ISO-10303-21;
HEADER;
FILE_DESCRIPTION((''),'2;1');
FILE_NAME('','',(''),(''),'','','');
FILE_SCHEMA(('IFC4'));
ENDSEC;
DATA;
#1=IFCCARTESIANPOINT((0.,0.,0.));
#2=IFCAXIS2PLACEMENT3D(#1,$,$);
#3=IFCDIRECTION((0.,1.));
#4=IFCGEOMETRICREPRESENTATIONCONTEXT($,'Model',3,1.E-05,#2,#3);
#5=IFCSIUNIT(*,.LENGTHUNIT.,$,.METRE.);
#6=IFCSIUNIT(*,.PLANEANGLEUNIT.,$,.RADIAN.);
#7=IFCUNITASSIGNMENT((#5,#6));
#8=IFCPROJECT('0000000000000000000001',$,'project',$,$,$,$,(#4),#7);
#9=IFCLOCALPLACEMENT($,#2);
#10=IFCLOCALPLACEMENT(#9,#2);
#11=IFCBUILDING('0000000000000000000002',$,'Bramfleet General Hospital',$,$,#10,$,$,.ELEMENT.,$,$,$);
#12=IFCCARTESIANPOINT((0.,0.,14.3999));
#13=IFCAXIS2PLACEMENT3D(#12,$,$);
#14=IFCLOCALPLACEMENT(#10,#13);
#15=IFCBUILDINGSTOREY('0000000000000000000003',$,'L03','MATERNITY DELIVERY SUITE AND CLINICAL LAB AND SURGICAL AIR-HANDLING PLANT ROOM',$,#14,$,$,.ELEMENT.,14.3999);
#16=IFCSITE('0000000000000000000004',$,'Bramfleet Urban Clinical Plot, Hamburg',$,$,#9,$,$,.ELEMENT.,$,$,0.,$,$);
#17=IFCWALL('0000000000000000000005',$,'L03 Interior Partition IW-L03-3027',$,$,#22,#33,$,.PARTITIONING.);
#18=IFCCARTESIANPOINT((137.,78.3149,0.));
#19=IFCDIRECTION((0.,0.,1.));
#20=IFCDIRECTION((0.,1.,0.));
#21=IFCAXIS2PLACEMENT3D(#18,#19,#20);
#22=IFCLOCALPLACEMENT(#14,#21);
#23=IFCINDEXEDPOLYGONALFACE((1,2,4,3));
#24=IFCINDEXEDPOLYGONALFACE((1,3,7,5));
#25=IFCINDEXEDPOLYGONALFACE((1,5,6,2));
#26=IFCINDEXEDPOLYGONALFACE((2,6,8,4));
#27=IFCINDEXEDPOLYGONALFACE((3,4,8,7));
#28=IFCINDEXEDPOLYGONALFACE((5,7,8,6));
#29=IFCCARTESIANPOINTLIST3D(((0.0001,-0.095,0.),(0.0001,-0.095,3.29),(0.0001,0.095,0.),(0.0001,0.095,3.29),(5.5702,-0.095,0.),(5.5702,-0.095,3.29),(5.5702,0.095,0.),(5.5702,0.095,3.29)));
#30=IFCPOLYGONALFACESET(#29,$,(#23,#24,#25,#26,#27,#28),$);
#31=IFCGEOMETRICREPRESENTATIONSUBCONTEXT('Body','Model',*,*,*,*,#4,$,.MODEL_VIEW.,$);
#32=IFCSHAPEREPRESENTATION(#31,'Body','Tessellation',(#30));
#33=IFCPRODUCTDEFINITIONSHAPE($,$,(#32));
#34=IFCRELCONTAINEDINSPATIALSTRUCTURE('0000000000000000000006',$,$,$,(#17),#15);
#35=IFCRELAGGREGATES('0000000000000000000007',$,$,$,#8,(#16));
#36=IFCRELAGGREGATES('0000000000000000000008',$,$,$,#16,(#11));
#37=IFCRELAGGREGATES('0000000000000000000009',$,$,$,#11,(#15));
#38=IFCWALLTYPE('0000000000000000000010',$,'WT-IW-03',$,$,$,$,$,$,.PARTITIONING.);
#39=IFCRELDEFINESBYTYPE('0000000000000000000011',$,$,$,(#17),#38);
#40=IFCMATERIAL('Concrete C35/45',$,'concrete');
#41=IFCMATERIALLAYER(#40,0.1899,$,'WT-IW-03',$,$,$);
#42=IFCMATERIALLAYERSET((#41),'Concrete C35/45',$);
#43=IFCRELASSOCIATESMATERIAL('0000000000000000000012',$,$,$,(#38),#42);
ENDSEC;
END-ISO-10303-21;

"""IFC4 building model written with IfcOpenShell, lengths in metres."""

from ifc_helpers import new_model, si_unit, direction, frame, frame_2d, origin, place, context, subcontext, project, spatial, rectangle, extrude, material, layer, layer_set, type_object, element, save


model = new_model("IFC4")

# Units and contexts
model_context = context("Model", 3, precision=1e-05, world=origin(), true_north=direction((0.0, 1.0)))
body_context = subcontext(model_context, "Body", "Model", "MODEL_VIEW")
ifc_project = project(units=[si_unit("LENGTHUNIT", "METRE"), si_unit("PLANEANGLEUNIT", "RADIAN")], contexts=[model_context])

# Site, building, storey
site_placement = place(None, origin())
site = spatial("IfcSite", under=ifc_project, at=site_placement, Name="Bramfleet Urban Clinical Plot, Hamburg", CompositionType="ELEMENT", RefElevation=0.0)
building_placement = place(site_placement, origin())
building = spatial("IfcBuilding", under=site, at=building_placement, Name="Bramfleet General Hospital", CompositionType="ELEMENT")
storey_placement = place(building_placement, frame((0.0, 0.0, 14.3999)))
storey = spatial("IfcBuildingStorey", under=building, at=storey_placement, Name="L03", Description="MATERNITY DELIVERY SUITE AND CLINICAL LAB AND SURGICAL AIR-HANDLING PLANT ROOM", CompositionType="ELEMENT", Elevation=14.3999)

# Shared definitions
ifc_material_1 = material(Name="Concrete C35/45", Category="concrete")

# Wall
ifc_layer_1 = layer(ifc_material_1, 0.1899, Name="WT-IW-03")
ifc_layer_set_1 = layer_set([ifc_layer_1], Name="Concrete C35/45")
wall_type_1 = type_object("IfcWallType", Name="WT-IW-03", PredefinedType="PARTITIONING", material=ifc_layer_set_1)
wall_1_placement = place(storey_placement, frame((137.0, 78.3149, 0.0), z_axis=(0.0, 0.0, 1.0), x_axis=(0.0, 1.0, 0.0)))
element("IfcWall", 1, at=wall_1_placement, inside=storey, type_object=wall_type_1, Name="L03 Interior Partition IW-L03-3027", PredefinedType="PARTITIONING", context=body_context, shape_type="SweptSolid", body=[
    extrude(rectangle(XDim=5.5701, YDim=0.1899, at=frame_2d((2.7852, 0.0))), origin(), (0.0, 0.0, 1.0), 3.29),
])

save(model, "model.ifc")
